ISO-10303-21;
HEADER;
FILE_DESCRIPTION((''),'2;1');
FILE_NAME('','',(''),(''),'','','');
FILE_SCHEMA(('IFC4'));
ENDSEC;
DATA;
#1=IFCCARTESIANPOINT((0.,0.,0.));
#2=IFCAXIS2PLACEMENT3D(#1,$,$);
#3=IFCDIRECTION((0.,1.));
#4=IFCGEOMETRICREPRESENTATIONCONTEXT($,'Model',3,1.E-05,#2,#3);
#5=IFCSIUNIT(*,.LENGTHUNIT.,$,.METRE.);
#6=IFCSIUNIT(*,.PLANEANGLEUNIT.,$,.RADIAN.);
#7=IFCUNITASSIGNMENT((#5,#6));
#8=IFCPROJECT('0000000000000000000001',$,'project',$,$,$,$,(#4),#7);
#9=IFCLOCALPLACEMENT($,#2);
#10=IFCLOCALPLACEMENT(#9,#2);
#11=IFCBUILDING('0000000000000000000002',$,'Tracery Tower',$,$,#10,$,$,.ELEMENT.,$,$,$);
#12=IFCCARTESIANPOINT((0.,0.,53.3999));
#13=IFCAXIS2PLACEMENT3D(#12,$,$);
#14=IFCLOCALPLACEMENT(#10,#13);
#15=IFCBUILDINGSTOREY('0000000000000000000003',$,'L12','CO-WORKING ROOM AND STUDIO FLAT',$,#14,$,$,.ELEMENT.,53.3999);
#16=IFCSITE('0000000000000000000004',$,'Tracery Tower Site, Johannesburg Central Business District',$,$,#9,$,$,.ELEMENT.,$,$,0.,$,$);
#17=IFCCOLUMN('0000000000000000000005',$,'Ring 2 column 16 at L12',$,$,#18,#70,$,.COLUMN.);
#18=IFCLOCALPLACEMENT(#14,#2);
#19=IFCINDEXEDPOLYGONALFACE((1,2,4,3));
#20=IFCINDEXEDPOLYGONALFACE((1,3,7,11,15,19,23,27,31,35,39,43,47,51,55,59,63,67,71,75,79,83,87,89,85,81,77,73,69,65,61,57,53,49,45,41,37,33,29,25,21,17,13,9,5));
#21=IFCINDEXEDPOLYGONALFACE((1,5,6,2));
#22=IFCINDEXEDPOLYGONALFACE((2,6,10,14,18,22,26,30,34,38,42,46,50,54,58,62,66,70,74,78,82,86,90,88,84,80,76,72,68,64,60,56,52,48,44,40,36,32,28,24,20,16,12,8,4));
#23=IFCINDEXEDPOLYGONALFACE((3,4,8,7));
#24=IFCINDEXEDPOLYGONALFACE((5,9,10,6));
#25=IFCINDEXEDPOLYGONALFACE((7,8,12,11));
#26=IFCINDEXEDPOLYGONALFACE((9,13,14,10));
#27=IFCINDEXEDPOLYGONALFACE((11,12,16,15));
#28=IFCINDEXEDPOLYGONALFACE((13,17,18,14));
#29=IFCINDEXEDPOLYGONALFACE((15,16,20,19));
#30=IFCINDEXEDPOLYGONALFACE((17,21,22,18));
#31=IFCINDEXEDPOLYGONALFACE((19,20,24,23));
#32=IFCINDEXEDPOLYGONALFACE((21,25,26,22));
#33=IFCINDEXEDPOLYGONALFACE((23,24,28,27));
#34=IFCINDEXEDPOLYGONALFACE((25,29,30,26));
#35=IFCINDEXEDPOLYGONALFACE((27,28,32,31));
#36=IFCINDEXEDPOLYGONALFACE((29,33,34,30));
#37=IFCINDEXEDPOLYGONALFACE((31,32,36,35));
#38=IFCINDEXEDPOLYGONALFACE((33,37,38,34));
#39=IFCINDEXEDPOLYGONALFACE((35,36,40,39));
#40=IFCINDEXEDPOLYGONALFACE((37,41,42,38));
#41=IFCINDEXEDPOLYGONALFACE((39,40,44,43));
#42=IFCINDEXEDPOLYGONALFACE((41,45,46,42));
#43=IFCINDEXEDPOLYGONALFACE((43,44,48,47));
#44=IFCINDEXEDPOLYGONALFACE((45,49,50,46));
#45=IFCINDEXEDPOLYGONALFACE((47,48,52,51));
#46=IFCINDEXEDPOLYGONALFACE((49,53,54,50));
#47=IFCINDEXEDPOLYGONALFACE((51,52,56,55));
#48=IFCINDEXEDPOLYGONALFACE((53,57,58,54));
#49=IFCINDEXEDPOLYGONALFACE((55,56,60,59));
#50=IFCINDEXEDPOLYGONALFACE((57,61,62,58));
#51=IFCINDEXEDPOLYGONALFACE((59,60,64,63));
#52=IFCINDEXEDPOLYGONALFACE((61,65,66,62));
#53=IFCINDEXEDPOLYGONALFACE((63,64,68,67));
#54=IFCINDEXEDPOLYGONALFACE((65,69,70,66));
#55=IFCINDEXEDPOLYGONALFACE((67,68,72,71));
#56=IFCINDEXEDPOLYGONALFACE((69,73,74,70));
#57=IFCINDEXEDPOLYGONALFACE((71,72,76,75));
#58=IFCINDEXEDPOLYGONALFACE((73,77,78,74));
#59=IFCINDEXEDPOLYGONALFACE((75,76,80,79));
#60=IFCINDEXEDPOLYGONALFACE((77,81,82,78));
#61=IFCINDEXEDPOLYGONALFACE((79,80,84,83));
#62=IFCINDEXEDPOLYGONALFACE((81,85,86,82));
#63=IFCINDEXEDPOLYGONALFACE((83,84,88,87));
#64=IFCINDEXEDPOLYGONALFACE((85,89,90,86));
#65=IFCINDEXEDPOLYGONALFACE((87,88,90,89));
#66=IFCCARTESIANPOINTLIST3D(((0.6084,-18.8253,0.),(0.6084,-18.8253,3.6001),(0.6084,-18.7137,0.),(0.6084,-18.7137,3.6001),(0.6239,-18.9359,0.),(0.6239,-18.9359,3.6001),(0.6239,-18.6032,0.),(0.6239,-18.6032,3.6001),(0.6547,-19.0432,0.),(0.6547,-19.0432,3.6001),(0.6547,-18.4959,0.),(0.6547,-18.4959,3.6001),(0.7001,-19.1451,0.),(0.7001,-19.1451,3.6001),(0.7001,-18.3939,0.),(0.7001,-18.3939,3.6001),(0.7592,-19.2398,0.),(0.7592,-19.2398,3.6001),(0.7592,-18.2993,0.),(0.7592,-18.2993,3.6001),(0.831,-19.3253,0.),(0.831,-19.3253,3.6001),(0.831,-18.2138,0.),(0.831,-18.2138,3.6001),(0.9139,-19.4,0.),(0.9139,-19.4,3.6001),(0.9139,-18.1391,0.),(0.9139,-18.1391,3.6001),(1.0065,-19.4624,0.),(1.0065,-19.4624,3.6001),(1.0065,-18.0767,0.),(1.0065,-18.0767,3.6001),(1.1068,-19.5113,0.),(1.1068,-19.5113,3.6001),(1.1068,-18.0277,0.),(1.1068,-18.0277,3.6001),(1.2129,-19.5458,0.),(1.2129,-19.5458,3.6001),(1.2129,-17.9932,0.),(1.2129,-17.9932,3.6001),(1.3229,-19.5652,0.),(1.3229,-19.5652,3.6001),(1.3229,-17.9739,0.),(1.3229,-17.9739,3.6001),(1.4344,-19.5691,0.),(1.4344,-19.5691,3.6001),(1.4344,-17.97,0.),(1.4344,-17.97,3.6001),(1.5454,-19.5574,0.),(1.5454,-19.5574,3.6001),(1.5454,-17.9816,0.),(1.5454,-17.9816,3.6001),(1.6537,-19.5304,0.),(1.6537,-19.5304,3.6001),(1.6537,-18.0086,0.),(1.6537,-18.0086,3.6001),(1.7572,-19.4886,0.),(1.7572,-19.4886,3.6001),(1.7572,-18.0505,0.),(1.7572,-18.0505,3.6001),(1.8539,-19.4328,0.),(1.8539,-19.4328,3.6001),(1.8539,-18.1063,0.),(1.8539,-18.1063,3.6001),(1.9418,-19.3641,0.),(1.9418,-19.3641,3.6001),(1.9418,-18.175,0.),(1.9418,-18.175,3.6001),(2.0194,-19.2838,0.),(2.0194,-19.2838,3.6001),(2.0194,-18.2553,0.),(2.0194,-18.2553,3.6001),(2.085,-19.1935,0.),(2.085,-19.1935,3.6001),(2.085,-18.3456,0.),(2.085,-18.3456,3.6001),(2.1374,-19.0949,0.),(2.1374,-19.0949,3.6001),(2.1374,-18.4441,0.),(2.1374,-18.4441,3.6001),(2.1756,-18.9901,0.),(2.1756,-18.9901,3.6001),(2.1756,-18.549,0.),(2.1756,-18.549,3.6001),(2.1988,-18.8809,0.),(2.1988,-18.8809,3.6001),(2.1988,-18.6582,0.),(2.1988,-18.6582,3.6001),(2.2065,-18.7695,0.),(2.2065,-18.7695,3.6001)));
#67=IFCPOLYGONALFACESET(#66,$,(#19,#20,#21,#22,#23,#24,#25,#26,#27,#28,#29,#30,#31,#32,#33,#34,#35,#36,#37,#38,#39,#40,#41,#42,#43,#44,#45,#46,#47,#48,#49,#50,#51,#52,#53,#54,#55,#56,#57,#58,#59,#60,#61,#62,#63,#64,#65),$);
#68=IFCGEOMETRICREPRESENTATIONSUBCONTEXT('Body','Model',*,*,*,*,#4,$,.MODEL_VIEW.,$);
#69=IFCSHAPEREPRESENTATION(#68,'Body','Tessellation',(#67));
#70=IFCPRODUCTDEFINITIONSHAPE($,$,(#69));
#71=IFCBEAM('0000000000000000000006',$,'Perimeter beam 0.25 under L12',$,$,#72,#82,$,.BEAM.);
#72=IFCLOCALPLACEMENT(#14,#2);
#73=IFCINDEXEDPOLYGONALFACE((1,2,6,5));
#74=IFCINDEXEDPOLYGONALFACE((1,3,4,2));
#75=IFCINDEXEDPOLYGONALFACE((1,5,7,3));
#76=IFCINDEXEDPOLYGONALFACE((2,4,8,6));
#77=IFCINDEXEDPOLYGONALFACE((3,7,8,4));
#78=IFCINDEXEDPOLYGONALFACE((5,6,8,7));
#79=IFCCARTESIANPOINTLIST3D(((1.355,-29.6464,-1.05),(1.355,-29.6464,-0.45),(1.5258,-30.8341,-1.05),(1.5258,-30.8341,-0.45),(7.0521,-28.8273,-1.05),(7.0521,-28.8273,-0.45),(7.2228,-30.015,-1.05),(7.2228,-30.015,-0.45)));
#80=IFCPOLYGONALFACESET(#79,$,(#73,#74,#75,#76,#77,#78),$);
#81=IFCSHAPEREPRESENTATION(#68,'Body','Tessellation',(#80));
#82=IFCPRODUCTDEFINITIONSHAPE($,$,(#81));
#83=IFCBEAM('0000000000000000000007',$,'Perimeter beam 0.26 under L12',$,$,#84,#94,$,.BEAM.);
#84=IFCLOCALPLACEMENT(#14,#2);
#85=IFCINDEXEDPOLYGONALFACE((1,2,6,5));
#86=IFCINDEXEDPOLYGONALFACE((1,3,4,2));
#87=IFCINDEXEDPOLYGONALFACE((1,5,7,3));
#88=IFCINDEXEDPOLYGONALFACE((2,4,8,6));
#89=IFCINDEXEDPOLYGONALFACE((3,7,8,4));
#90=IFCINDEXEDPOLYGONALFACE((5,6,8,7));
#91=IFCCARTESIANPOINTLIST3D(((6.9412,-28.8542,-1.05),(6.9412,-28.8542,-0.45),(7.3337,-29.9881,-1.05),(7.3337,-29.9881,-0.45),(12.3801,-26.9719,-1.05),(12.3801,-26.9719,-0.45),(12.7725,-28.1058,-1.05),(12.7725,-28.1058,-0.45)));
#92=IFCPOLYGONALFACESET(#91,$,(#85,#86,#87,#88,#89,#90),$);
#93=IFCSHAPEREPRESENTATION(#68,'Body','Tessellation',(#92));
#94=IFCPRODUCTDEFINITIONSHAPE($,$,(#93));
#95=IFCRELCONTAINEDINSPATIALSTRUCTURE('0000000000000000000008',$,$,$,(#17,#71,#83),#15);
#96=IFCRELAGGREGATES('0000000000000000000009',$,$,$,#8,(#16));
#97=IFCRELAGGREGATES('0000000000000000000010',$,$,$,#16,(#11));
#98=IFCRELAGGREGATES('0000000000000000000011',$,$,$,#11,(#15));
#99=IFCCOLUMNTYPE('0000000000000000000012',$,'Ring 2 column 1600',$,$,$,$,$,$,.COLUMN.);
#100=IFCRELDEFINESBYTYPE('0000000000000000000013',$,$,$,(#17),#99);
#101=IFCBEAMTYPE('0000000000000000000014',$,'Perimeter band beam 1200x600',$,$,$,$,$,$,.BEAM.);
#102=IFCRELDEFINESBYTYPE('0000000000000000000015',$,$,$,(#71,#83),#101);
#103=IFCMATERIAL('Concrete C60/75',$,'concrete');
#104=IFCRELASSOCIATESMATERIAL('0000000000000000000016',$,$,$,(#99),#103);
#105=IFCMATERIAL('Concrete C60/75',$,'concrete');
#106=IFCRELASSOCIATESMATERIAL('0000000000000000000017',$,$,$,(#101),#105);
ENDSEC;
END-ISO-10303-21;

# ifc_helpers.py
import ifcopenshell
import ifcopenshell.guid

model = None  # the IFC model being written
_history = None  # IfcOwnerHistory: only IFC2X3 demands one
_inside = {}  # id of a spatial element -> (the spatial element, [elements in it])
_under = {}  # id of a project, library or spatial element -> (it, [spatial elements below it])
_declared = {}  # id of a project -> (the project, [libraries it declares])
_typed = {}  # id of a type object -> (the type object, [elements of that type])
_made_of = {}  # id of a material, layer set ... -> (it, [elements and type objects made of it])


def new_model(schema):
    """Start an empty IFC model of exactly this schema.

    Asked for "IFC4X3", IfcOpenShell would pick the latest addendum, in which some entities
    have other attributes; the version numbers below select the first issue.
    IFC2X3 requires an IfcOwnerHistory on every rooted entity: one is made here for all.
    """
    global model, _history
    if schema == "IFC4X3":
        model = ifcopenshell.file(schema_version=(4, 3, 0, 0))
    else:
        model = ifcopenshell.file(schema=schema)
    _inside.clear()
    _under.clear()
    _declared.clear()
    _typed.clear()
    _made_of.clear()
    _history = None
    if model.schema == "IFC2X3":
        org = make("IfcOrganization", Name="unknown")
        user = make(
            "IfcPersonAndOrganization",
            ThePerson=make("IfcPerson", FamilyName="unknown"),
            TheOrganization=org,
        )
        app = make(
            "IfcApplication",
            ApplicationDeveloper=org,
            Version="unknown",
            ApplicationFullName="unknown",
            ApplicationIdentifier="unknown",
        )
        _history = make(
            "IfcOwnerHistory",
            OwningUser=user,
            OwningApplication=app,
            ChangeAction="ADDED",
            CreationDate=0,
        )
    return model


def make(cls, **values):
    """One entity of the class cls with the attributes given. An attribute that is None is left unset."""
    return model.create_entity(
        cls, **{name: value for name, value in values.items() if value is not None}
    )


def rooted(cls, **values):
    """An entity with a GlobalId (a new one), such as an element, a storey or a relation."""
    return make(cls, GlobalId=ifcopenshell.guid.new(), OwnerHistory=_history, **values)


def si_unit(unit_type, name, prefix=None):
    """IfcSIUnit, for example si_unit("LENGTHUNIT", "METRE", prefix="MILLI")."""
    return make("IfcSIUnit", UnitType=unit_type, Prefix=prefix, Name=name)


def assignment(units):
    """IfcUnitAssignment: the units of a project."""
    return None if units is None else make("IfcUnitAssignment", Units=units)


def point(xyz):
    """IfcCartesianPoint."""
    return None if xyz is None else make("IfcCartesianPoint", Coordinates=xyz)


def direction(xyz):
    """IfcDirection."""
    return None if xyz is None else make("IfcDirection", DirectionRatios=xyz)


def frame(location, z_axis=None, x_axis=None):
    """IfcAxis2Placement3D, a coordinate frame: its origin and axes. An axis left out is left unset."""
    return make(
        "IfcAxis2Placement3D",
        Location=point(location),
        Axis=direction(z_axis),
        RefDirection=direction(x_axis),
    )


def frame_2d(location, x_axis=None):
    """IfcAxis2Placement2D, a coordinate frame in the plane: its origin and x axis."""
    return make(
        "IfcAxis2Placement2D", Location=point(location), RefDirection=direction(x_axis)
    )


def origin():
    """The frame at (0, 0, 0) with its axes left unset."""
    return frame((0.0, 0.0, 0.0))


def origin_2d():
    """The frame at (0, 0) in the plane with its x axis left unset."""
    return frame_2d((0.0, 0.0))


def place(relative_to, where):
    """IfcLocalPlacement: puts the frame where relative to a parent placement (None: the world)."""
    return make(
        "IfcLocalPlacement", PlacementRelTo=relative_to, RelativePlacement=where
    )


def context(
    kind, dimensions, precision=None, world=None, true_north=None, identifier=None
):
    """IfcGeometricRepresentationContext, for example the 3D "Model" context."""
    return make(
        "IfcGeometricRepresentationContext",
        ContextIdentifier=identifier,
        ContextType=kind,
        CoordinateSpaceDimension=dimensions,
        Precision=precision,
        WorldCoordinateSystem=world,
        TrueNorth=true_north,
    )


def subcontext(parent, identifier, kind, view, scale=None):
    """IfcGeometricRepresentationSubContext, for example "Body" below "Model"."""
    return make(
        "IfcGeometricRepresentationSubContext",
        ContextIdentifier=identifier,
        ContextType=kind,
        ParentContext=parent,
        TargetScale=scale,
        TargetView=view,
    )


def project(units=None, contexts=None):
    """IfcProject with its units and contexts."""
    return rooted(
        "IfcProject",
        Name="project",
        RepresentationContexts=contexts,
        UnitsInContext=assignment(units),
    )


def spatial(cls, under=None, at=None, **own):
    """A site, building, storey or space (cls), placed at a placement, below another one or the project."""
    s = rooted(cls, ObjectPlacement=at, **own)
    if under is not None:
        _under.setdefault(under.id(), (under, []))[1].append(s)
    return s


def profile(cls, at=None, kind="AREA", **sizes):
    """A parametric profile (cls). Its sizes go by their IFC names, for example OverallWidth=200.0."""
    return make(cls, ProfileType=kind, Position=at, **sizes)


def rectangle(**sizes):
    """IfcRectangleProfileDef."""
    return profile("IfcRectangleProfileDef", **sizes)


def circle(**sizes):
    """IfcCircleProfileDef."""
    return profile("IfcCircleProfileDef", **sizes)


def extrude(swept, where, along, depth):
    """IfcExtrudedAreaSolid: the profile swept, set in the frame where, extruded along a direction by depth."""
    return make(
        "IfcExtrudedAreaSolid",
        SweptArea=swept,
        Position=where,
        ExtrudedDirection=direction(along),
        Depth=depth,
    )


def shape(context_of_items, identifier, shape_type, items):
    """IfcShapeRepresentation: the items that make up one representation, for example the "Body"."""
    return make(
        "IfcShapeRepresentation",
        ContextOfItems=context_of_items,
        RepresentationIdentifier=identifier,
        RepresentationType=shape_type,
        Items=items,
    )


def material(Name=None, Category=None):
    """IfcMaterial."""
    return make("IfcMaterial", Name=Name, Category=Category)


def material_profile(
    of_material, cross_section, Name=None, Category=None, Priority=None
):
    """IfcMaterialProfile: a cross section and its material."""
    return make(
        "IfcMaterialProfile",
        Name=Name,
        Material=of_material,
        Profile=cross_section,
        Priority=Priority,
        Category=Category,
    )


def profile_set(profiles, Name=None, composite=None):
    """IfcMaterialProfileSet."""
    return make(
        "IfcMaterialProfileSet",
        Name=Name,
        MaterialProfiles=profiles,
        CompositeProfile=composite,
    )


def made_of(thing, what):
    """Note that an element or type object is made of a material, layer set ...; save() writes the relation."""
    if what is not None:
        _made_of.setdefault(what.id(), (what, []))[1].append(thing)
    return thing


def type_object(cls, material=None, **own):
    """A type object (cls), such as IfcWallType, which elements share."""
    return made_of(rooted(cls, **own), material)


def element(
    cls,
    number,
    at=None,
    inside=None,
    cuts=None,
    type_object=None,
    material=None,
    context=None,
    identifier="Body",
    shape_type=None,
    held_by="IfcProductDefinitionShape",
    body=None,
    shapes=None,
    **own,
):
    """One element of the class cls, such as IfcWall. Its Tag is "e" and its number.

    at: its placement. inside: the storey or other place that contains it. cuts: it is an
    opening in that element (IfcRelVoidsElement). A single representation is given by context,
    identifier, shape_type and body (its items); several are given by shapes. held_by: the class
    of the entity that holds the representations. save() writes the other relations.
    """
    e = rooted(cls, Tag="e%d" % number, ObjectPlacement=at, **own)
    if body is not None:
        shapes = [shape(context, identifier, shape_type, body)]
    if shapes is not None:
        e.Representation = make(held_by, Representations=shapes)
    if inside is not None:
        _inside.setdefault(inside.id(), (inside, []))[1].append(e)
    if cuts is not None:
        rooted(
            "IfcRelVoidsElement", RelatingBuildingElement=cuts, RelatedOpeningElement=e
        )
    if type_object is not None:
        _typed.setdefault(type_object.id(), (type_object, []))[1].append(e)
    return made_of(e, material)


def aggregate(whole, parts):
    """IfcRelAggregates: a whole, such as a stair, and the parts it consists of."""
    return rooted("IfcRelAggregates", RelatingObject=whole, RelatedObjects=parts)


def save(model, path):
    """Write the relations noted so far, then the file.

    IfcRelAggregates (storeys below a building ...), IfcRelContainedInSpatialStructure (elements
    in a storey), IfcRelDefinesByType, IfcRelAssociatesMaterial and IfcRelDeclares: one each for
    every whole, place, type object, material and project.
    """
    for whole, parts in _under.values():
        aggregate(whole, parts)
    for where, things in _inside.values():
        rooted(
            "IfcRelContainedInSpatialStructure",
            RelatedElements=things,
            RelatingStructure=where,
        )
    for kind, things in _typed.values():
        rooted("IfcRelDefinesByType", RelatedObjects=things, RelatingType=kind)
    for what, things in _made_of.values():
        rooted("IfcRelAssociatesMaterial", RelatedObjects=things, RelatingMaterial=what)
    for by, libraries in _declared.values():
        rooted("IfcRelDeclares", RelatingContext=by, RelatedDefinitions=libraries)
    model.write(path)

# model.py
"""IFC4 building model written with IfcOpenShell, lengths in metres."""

from ifc_helpers import new_model, si_unit, direction, frame, origin, origin_2d, place, context, subcontext, project, spatial, rectangle, circle, extrude, material, material_profile, profile_set, type_object, element, save


model = new_model("IFC4")

# Units and contexts
model_context = context("Model", 3, precision=1e-05, world=origin(), true_north=direction((0.0, 1.0)))
body_context = subcontext(model_context, "Body", "Model", "MODEL_VIEW")
ifc_project = project(units=[si_unit("LENGTHUNIT", "METRE"), si_unit("PLANEANGLEUNIT", "RADIAN")], contexts=[model_context])

# Site, building, storey
site_placement = place(None, origin())
site = spatial("IfcSite", under=ifc_project, at=site_placement, Name="Tracery Tower Site, Johannesburg Central Business District", CompositionType="ELEMENT", RefElevation=0.0)
building_placement = place(site_placement, origin())
building = spatial("IfcBuilding", under=site, at=building_placement, Name="Tracery Tower", CompositionType="ELEMENT")
storey_placement = place(building_placement, frame((0.0, 0.0, 53.3999)))
storey = spatial("IfcBuildingStorey", under=building, at=storey_placement, Name="L12", Description="CO-WORKING ROOM AND STUDIO FLAT", CompositionType="ELEMENT", Elevation=53.3999)

# Column
ifc_material_1 = material(Name="Concrete C60/75", Category="concrete")
ifc_material_profile_1 = material_profile(ifc_material_1, circle(Radius=0.8, at=origin_2d()), Name="RC D1600")
ifc_profile_set_1 = profile_set([ifc_material_profile_1], Name="Concrete C60/75")
column_type_1 = type_object("IfcColumnType", Name="Ring 2 column 1600", PredefinedType="COLUMN", material=ifc_profile_set_1)
column_placement = place(storey_placement, frame((1.4065, -18.7695, 0.0), z_axis=(0.0, 0.0, 1.0), x_axis=(1.0, 0.0, 0.0)))
element("IfcColumn", 1, at=column_placement, inside=storey, type_object=column_type_1, Name="Ring 2 column 16 at L12", PredefinedType="COLUMN", context=body_context, shape_type="SweptSolid", body=[
    extrude(circle(Radius=0.8, at=origin_2d()), origin(), (0.0, 0.0, 1.0), 3.6001),
])

# Beams
ifc_material_2 = material(Name="Concrete C60/75", Category="concrete")
ifc_material_profile_2 = material_profile(ifc_material_2, rectangle(XDim=1.2, YDim=0.6001, at=origin_2d()), Name="RC 1200x600")
ifc_profile_set_2 = profile_set([ifc_material_profile_2], Name="Concrete C60/75")
beam_type = type_object("IfcBeamType", Name="Perimeter band beam 1200x600", PredefinedType="BEAM", material=ifc_profile_set_2)
beam_1_placement = place(storey_placement, frame((1.4404, -30.2402, -0.75), z_axis=(0.989822, 0.142312, 0.0), x_axis=(-0.142312, 0.989822, 0.0)))
element("IfcBeam", 2, at=beam_1_placement, inside=storey, type_object=beam_type, Name="Perimeter beam 0.25 under L12", PredefinedType="BEAM", context=body_context, shape_type="SweptSolid", body=[
    extrude(rectangle(XDim=1.2, YDim=0.6001, at=origin_2d()), origin(), (0.0, 0.0, 1.0), 5.7556),
])
beam_2_placement = place(storey_placement, frame((7.1375, -29.4211, -0.75), z_axis=(0.945007, 0.327049, 0.0), x_axis=(-0.327049, 0.945007, 0.0)))
element("IfcBeam", 3, at=beam_2_placement, inside=storey, type_object=beam_type, Name="Perimeter beam 0.26 under L12", PredefinedType="BEAM", context=body_context, shape_type="SweptSolid", body=[
    extrude(rectangle(XDim=1.2, YDim=0.6001, at=origin_2d()), origin(), (0.0, 0.0, 1.0), 5.7554),
])

save(model, "model.ifc")
